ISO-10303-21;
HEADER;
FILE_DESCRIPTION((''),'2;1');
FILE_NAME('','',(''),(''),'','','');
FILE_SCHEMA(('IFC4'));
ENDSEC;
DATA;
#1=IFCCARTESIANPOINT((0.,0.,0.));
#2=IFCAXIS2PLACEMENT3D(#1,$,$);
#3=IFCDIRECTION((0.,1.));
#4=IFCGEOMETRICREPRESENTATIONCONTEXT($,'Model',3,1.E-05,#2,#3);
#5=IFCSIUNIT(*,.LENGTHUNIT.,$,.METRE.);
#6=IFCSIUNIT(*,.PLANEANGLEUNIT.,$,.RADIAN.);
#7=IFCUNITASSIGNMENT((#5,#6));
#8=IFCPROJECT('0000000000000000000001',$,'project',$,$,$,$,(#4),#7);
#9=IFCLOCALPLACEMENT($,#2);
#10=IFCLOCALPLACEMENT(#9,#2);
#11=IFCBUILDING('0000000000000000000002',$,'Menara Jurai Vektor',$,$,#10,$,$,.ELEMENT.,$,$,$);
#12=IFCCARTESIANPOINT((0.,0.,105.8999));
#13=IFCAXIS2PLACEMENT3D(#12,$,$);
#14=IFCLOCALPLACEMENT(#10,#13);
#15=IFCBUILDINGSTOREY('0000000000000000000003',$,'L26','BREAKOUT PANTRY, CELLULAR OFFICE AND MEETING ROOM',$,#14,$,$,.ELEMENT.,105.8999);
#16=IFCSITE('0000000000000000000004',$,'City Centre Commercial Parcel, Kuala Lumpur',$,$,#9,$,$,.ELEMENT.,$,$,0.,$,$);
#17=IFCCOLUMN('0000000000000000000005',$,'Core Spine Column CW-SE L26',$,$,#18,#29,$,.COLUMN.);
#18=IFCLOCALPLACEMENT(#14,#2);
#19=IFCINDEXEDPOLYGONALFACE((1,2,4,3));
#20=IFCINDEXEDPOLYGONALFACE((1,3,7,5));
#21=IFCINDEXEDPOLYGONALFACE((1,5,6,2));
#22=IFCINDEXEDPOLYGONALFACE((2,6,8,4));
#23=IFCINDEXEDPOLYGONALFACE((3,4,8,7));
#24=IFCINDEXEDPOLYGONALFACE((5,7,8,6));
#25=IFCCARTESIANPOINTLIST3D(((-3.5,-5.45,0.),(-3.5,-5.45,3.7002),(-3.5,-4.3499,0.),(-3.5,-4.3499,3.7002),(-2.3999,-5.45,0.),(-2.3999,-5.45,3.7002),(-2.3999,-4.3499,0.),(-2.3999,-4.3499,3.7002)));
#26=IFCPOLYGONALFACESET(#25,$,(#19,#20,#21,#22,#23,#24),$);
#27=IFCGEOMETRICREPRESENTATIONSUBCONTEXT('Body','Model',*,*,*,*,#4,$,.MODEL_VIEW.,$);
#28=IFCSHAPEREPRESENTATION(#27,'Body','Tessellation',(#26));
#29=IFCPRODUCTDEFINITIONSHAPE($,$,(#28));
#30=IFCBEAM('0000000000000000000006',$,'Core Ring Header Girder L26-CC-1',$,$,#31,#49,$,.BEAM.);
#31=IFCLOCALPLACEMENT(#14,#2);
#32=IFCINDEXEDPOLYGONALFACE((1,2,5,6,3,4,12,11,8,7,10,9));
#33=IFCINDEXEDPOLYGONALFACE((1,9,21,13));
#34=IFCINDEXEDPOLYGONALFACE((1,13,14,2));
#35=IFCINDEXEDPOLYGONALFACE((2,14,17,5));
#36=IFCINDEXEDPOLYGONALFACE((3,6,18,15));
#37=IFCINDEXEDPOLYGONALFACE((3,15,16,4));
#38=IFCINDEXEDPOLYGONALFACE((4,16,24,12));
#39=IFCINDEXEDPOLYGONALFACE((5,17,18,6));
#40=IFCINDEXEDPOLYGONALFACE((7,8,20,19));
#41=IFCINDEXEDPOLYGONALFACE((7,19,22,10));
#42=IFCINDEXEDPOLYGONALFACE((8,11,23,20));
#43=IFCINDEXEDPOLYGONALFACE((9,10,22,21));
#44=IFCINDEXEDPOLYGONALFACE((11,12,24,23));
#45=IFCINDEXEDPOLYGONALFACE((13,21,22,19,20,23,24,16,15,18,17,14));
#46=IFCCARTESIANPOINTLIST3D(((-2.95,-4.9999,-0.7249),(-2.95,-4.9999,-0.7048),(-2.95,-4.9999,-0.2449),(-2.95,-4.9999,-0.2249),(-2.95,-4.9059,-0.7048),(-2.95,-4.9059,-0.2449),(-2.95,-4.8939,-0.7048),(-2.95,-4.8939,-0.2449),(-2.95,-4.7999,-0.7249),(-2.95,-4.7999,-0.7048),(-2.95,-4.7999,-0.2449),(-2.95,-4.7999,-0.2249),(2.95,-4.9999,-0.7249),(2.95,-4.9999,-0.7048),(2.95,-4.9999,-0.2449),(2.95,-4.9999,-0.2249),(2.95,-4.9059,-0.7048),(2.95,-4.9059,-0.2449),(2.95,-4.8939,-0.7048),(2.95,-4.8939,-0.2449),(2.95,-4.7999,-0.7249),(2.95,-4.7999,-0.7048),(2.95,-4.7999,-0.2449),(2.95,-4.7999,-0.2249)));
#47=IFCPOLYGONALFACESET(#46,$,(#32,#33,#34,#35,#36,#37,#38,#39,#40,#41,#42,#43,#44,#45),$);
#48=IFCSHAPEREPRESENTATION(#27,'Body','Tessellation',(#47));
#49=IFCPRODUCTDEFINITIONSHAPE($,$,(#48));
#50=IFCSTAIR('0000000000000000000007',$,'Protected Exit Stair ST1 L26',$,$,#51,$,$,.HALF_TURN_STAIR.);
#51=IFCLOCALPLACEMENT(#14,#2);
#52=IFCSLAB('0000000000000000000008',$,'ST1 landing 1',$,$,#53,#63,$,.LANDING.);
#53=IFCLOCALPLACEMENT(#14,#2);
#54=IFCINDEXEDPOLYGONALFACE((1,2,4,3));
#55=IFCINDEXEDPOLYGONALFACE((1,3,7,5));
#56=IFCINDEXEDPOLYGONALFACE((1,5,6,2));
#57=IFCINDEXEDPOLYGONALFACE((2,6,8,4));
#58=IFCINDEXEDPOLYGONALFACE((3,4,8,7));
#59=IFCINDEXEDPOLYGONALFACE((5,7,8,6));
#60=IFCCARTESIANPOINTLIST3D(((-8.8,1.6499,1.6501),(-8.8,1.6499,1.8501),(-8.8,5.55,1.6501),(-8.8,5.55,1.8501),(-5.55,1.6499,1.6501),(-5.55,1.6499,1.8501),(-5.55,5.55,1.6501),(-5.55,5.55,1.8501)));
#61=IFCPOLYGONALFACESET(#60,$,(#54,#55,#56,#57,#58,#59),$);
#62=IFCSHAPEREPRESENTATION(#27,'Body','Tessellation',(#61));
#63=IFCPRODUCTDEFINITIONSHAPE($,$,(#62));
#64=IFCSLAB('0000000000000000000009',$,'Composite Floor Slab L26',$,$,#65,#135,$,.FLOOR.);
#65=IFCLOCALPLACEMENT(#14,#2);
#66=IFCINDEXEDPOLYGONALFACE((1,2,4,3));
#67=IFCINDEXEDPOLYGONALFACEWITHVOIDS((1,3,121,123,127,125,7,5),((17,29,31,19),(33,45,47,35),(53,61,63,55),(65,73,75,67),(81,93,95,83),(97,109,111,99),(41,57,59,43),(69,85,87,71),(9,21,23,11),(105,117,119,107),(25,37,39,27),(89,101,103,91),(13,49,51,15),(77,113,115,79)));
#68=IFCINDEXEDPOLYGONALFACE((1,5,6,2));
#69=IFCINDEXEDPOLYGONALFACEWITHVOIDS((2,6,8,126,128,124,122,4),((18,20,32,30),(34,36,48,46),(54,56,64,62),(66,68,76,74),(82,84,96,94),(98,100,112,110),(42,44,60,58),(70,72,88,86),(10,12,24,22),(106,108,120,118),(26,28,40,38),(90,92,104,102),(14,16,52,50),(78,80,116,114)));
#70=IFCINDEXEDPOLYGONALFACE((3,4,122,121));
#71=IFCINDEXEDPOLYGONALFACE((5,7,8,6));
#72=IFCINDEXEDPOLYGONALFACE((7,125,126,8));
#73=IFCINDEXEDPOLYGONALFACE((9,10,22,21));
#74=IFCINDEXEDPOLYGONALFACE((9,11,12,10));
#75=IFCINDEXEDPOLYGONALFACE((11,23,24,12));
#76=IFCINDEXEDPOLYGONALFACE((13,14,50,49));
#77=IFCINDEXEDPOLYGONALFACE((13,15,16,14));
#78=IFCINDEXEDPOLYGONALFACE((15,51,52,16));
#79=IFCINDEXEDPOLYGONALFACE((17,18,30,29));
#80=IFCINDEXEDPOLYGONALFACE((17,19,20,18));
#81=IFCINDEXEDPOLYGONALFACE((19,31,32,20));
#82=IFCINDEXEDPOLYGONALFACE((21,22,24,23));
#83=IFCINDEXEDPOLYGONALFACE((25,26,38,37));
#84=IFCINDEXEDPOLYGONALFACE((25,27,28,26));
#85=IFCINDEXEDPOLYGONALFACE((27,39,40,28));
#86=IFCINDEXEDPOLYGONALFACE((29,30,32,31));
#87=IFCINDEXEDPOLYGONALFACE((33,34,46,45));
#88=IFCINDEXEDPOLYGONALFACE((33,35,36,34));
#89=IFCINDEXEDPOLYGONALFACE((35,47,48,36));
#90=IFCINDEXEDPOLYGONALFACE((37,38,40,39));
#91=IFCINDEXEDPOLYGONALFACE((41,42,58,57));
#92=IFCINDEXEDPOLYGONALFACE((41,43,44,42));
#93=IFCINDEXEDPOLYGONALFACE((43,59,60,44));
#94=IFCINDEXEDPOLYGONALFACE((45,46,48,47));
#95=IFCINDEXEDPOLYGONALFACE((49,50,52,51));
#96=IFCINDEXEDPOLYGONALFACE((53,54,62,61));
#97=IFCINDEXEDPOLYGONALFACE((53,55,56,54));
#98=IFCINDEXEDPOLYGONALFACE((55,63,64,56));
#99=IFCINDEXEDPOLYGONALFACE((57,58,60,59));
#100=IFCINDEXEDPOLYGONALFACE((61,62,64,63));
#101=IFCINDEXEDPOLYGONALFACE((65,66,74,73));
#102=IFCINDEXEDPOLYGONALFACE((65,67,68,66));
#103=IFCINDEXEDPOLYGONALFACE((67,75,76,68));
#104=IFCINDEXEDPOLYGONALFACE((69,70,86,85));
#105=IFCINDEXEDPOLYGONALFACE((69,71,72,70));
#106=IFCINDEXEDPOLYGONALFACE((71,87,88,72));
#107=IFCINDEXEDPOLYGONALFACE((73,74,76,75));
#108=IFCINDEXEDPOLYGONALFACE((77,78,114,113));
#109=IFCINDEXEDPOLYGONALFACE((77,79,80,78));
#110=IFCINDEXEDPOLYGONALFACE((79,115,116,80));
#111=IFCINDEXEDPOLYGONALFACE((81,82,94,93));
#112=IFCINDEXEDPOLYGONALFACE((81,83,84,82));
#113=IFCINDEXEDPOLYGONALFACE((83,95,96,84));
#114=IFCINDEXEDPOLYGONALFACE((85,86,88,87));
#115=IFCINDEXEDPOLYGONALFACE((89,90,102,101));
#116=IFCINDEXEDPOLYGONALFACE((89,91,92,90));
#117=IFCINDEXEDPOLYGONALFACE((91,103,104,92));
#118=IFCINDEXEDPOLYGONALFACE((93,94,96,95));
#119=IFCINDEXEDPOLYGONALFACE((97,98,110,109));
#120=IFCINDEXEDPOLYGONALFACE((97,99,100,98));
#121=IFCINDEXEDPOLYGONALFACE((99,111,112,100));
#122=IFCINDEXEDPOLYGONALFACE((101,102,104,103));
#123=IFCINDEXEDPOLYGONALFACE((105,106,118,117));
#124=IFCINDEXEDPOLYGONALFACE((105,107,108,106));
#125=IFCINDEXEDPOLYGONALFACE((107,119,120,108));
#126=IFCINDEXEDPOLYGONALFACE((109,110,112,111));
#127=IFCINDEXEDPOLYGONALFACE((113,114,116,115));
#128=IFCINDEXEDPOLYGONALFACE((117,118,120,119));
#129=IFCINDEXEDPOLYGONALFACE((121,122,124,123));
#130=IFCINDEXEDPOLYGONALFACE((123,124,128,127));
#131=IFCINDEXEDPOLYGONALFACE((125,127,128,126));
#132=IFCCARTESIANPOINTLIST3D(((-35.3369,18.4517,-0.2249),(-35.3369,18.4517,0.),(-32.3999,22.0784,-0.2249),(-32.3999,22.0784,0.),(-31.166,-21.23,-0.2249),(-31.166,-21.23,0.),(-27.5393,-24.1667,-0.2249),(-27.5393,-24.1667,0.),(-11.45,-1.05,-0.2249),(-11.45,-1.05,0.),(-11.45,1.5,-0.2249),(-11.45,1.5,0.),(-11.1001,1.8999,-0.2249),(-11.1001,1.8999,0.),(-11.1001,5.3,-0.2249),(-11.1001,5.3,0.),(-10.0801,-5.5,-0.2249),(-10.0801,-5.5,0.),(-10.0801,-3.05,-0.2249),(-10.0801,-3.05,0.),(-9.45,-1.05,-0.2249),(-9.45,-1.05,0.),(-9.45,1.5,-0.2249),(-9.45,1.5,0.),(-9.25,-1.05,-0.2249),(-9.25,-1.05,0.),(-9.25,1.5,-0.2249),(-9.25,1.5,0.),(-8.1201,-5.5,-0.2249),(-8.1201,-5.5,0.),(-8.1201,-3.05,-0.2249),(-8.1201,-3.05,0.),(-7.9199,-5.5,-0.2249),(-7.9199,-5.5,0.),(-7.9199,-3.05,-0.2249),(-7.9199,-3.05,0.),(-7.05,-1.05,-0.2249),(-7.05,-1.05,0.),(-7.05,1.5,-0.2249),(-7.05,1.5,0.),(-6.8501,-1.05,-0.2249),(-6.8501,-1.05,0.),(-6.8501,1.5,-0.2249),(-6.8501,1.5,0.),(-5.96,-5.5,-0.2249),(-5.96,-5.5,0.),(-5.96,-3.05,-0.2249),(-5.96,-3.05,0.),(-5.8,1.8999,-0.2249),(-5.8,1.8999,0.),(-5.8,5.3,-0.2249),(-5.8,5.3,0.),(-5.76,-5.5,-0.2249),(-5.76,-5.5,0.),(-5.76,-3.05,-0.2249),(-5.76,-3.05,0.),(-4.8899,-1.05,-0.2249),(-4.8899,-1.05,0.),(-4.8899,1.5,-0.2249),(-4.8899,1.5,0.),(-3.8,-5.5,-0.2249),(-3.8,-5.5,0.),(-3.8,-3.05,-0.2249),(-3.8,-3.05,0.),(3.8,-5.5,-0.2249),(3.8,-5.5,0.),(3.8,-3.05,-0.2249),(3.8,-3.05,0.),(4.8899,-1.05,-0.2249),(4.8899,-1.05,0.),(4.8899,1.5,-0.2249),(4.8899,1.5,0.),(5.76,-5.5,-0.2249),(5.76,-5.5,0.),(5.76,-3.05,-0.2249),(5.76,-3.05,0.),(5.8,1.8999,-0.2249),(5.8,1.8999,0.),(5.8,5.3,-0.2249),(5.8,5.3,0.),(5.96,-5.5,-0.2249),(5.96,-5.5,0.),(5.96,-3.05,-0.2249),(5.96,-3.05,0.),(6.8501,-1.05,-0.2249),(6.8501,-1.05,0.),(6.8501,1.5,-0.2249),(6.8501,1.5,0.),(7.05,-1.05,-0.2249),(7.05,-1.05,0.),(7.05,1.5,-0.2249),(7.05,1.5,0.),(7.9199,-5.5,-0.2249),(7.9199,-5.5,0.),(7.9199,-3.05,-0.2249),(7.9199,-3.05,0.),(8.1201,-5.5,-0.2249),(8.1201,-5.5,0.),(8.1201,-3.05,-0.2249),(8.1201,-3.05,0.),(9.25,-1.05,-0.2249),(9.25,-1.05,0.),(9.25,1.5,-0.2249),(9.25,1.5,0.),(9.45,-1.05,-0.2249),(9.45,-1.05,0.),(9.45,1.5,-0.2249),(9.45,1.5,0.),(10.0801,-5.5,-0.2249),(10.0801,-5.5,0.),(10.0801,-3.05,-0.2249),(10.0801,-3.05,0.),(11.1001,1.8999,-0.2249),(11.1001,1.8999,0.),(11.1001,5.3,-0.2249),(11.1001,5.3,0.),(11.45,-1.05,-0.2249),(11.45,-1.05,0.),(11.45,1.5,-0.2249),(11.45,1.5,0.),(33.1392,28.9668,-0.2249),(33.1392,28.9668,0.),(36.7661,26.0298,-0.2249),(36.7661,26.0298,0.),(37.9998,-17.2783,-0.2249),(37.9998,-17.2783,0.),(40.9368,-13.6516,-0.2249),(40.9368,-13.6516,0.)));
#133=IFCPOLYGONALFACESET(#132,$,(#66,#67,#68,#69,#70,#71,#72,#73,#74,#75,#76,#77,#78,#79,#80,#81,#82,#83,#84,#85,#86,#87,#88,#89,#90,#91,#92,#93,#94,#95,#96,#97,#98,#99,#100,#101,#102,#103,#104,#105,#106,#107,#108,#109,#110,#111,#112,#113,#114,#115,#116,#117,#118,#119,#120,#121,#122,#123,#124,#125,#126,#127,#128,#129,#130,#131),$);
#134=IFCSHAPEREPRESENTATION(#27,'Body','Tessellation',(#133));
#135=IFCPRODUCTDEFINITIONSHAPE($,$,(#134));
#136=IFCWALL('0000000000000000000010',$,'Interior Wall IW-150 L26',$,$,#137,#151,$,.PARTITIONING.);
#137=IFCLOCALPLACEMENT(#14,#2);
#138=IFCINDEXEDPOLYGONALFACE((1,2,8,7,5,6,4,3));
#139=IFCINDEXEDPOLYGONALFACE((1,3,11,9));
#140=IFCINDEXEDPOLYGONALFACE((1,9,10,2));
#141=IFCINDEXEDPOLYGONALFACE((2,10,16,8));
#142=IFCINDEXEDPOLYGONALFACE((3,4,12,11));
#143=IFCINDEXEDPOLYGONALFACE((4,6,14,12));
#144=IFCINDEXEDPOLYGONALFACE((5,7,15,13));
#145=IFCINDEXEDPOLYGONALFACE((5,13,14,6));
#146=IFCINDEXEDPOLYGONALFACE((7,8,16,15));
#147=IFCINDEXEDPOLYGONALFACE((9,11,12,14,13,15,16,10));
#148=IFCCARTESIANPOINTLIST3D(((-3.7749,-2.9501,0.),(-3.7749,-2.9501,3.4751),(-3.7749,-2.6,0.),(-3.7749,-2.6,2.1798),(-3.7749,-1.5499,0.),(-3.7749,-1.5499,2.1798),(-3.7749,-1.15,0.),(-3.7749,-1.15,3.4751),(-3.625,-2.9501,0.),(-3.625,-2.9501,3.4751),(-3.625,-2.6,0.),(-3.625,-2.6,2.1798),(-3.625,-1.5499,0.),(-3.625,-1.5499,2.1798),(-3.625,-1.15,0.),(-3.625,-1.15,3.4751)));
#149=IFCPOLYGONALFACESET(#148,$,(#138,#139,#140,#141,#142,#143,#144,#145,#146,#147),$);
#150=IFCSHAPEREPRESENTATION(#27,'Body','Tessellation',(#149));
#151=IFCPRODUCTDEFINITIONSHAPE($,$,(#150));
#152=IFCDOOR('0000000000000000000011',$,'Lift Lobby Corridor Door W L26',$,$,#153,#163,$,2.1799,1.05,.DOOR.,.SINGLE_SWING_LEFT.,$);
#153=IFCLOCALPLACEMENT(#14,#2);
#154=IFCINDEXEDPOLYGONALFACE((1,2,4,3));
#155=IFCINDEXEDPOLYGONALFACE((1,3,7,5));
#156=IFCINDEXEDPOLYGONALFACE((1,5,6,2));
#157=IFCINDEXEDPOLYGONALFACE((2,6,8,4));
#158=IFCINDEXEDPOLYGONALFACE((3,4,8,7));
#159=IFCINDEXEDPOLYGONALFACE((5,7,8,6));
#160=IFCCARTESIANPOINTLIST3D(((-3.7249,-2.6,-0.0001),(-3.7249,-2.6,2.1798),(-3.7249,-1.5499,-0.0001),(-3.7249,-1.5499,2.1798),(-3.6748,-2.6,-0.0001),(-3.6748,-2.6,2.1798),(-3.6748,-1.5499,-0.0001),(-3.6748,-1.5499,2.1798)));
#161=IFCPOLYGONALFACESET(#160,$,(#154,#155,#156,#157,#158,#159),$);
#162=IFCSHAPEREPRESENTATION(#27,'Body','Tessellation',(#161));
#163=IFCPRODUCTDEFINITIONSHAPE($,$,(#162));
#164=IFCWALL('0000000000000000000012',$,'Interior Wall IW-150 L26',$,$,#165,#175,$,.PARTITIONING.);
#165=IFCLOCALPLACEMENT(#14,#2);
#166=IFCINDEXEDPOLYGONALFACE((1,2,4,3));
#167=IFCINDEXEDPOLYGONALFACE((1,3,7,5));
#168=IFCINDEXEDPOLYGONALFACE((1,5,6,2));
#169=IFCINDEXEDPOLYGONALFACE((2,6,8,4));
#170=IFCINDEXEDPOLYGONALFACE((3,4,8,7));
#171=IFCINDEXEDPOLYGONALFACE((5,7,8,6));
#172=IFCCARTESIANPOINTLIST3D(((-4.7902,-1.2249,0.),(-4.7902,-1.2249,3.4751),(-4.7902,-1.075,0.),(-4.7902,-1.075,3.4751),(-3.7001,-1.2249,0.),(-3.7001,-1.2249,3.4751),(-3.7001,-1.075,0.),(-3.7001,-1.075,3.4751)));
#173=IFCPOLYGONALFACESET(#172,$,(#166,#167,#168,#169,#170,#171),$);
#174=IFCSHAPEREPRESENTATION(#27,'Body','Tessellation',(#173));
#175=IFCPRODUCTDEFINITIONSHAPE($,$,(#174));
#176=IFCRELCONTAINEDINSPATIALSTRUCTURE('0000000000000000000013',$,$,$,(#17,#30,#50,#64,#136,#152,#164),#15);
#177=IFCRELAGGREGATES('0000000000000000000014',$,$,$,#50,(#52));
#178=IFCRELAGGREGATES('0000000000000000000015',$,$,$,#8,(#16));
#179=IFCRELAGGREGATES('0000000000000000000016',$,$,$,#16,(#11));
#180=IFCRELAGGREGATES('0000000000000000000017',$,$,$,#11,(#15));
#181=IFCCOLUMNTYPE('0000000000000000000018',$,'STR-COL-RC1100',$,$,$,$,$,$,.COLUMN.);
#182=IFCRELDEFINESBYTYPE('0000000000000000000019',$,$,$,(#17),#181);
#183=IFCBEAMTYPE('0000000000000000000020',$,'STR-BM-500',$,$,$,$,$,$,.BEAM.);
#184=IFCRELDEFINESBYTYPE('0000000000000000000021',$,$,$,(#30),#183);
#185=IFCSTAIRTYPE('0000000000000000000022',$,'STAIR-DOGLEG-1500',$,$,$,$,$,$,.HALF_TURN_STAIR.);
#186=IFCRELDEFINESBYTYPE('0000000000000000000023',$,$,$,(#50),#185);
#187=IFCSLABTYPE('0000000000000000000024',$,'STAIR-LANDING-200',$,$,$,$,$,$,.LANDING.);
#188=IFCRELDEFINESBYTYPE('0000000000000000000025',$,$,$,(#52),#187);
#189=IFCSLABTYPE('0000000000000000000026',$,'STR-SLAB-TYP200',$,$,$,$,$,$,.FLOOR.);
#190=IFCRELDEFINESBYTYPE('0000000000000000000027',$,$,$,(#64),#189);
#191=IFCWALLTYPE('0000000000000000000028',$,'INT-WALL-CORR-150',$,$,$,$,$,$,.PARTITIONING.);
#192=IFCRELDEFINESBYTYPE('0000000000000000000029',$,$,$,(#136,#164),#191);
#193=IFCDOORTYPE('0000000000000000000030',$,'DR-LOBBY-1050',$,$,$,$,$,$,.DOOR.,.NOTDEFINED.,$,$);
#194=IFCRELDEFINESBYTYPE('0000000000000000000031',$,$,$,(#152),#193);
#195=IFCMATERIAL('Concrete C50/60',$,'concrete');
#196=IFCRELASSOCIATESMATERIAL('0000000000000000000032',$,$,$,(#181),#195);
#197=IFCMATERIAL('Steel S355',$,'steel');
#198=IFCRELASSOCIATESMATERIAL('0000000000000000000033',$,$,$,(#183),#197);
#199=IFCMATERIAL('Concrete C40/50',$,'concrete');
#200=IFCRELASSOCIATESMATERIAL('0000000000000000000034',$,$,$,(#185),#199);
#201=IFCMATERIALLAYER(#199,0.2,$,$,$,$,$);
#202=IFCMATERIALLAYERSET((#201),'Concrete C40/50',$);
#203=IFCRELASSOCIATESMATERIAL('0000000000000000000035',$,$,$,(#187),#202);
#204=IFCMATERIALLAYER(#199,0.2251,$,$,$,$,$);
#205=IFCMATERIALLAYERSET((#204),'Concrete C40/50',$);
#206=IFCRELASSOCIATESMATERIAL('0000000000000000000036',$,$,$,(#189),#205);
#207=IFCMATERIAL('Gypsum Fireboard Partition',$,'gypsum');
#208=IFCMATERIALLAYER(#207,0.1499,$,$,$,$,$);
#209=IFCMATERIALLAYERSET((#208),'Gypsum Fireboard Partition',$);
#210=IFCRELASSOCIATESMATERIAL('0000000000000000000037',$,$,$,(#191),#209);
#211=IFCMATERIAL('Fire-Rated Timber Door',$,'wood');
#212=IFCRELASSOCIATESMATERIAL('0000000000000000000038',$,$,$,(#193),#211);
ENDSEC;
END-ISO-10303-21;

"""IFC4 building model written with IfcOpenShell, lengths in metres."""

from ifc_helpers import new_model, si_unit, direction, frame, frame_2d, origin, origin_2d, place, context, subcontext, project, spatial, polyline, rectangle, i_section, outline, extrude, material, layer, layer_set, material_profile, profile_set, type_object, element, fill, aggregate, save


model = new_model("IFC4")

# Units and contexts
model_context = context("Model", 3, precision=1e-05, world=origin(), true_north=direction((0.0, 1.0)))
body_context = subcontext(model_context, "Body", "Model", "MODEL_VIEW")
ifc_project = project(units=[si_unit("LENGTHUNIT", "METRE"), si_unit("PLANEANGLEUNIT", "RADIAN")], contexts=[model_context])

# Site, building, storey
site_placement = place(None, origin())
site = spatial("IfcSite", under=ifc_project, at=site_placement, Name="City Centre Commercial Parcel, Kuala Lumpur", CompositionType="ELEMENT", RefElevation=0.0)
building_placement = place(site_placement, origin())
building = spatial("IfcBuilding", under=site, at=building_placement, Name="Menara Jurai Vektor", CompositionType="ELEMENT")
storey_placement = place(building_placement, frame((0.0, 0.0, 105.8999)))
storey = spatial("IfcBuildingStorey", under=building, at=storey_placement, Name="L26", Description="BREAKOUT PANTRY, CELLULAR OFFICE AND MEETING ROOM", CompositionType="ELEMENT", Elevation=105.8999)

# Column
ifc_material_1 = material(Name="Concrete C50/60", Category="concrete")
ifc_material_profile_1 = material_profile(ifc_material_1, rectangle(XDim=1.1001, YDim=1.1001, at=origin_2d()), Name="RC 1100x1100")
ifc_profile_set_1 = profile_set([ifc_material_profile_1], Name="Concrete C50/60")
column_type = type_object("IfcColumnType", Name="STR-COL-RC1100", PredefinedType="COLUMN", material=ifc_profile_set_1)
column_placement = place(storey_placement, frame((-2.95, -4.8999, 0.0), z_axis=(0.0, 0.0, 1.0), x_axis=(1.0, 0.0, 0.0)))
element("IfcColumn", 1, at=column_placement, inside=storey, type_object=column_type, Name="Core Spine Column CW-SE L26", PredefinedType="COLUMN", context=body_context, shape_type="SweptSolid", body=[
    extrude(rectangle(XDim=1.1001, YDim=1.1001, at=origin_2d()), origin(), (0.0, 0.0, 1.0), 3.7002),
])

# Beam
ifc_material_2 = material(Name="Steel S355", Category="steel")
ifc_material_profile_2 = material_profile(ifc_material_2, i_section(OverallWidth=0.2, OverallDepth=0.5, WebThickness=0.012, FlangeThickness=0.02, at=origin_2d()), Name="PG 500x200x96")
ifc_profile_set_2 = profile_set([ifc_material_profile_2], Name="Steel S355")
beam_type = type_object("IfcBeamType", Name="STR-BM-500", PredefinedType="BEAM", material=ifc_profile_set_2)
beam_placement = place(storey_placement, frame((-2.95, -4.8999, -0.4749), z_axis=(1.0, 0.0, 0.0), x_axis=(0.0, 1.0, 0.0)))
element("IfcBeam", 2, at=beam_placement, inside=storey, type_object=beam_type, Name="Core Ring Header Girder L26-CC-1", PredefinedType="BEAM", context=body_context, shape_type="SweptSolid", body=[
    extrude(i_section(OverallWidth=0.2, OverallDepth=0.5, WebThickness=0.012, FlangeThickness=0.02, at=origin_2d()), origin(), (0.0, 0.0, 1.0), 5.8999),
])

# Stair, slab
ifc_material_3 = material(Name="Concrete C40/50", Category="concrete")
stair_type = type_object("IfcStairType", Name="STAIR-DOGLEG-1500", PredefinedType="HALF_TURN_STAIR", material=ifc_material_3)
stair_placement = place(storey_placement, origin())
stair = element("IfcStair", 3, at=stair_placement, inside=storey, type_object=stair_type, Name="Protected Exit Stair ST1 L26", PredefinedType="HALF_TURN_STAIR")
ifc_layer_1 = layer(ifc_material_3, 0.2)
ifc_layer_set_1 = layer_set([ifc_layer_1], Name="Concrete C40/50")
slab_type_1 = type_object("IfcSlabType", Name="STAIR-LANDING-200", PredefinedType="LANDING", material=ifc_layer_set_1)
slab_1_placement = place(storey_placement, frame((0.0, 0.0, 1.6501)))
slab_1 = element("IfcSlab", 4, at=slab_1_placement, type_object=slab_type_1, Name="ST1 landing 1", PredefinedType="LANDING", context=body_context, shape_type="SweptSolid", body=[
    extrude(outline(polyline([(-8.8, 1.6499), (-5.55, 1.6499), (-5.55, 5.55), (-8.8, 5.55), (-8.8, 1.6499)])), origin(), (0.0, 0.0, 1.0), 0.2),
])
aggregate(stair, [slab_1])

# Slab
ifc_layer_2 = layer(ifc_material_3, 0.2251)
ifc_layer_set_2 = layer_set([ifc_layer_2], Name="Concrete C40/50")
slab_type_2 = type_object("IfcSlabType", Name="STR-SLAB-TYP200", PredefinedType="FLOOR", material=ifc_layer_set_2)
slab_2_placement = place(storey_placement, frame((0.0, 0.0, -0.2249)))
element("IfcSlab", 5, at=slab_2_placement, inside=storey, type_object=slab_type_2, Name="Composite Floor Slab L26", PredefinedType="FLOOR", context=body_context, shape_type="SweptSolid", body=[
    extrude(outline(polyline([(-27.5393, -24.1667), (37.9998, -17.2783), (40.9368, -13.6516), (36.7661, 26.0298), (33.1392, 28.9668), (-32.3999, 22.0784), (-35.3369, 18.4517), (-31.166, -21.23), (-27.5393, -24.1667)]), holes=[polyline([(-11.1001, 1.8999), (-11.1001, 5.3), (-5.8, 5.3), (-5.8, 1.8999), (-11.1001, 1.8999)]), polyline([(5.8, 1.8999), (5.8, 5.3), (11.1001, 5.3), (11.1001, 1.8999), (5.8, 1.8999)]), polyline([(-11.45, -1.05), (-11.45, 1.5), (-9.45, 1.5), (-9.45, -1.05), (-11.45, -1.05)]), polyline([(9.45, -1.05), (9.45, 1.5), (11.45, 1.5), (11.45, -1.05), (9.45, -1.05)]), polyline([(-5.76, -5.5), (-5.76, -3.05), (-3.8, -3.05), (-3.8, -5.5), (-5.76, -5.5)]), polyline([(-6.8501, -1.05), (-6.8501, 1.5), (-4.8899, 1.5), (-4.8899, -1.05), (-6.8501, -1.05)]), polyline([(3.8, -5.5), (3.8, -3.05), (5.76, -3.05), (5.76, -5.5), (3.8, -5.5)]), polyline([(4.8899, -1.05), (4.8899, 1.5), (6.8501, 1.5), (6.8501, -1.05), (4.8899, -1.05)]), polyline([(-10.0801, -5.5), (-10.0801, -3.05), (-8.1201, -3.05), (-8.1201, -5.5), (-10.0801, -5.5)]), polyline([(-7.9199, -5.5), (-7.9199, -3.05), (-5.96, -3.05), (-5.96, -5.5), (-7.9199, -5.5)]), polyline([(5.96, -5.5), (5.96, -3.05), (7.9199, -3.05), (7.9199, -5.5), (5.96, -5.5)]), polyline([(8.1201, -5.5), (8.1201, -3.05), (10.0801, -3.05), (10.0801, -5.5), (8.1201, -5.5)]), polyline([(-9.25, -1.05), (-9.25, 1.5), (-7.05, 1.5), (-7.05, -1.05), (-9.25, -1.05)]), polyline([(7.05, -1.05), (7.05, 1.5), (9.25, 1.5), (9.25, -1.05), (7.05, -1.05)])]), origin(), (0.0, 0.0, 1.0), 0.2249),
])

# Wall, opening, door
ifc_material_4 = material(Name="Gypsum Fireboard Partition", Category="gypsum")
ifc_layer_3 = layer(ifc_material_4, 0.1499)
ifc_layer_set_3 = layer_set([ifc_layer_3], Name="Gypsum Fireboard Partition")
wall_type_1 = type_object("IfcWallType", Name="INT-WALL-CORR-150", PredefinedType="PARTITIONING", material=ifc_layer_set_3)
wall_1_placement = place(storey_placement, frame((-3.7, -2.95, 0.0), z_axis=(0.0, 0.0, 1.0), x_axis=(0.0, 1.0, 0.0)))
wall_1 = element("IfcWall", 6, at=wall_1_placement, inside=storey, type_object=wall_type_1, Name="Interior Wall IW-150 L26", PredefinedType="PARTITIONING", context=body_context, shape_type="SweptSolid", body=[
    extrude(rectangle(XDim=1.8, YDim=0.1499, at=frame_2d((0.8999, 0.0))), origin(), (0.0, 0.0, 1.0), 3.4751),
])
opening_1_placement = place(wall_1_placement, frame((0.3501, 0.0, 0.0)))
opening_1 = element("IfcOpeningElement", 7, at=opening_1_placement, cuts=wall_1, PredefinedType="OPENING", context=body_context, shape_type="SweptSolid", body=[
    extrude(rectangle(XDim=1.05, YDim=2.1799, at=frame_2d((0.5249, 1.0898))), frame((0.0, 0.085, 0.0), z_axis=(0.0, -1.0, 0.0), x_axis=(1.0, 0.0, 0.0)), (0.0, 0.0, 1.0), 0.1699),
])
ifc_material_5 = material(Name="Fire-Rated Timber Door", Category="wood")
door_type_1 = type_object("IfcDoorType", Name="DR-LOBBY-1050", OperationType="NOTDEFINED", PredefinedType="DOOR", material=ifc_material_5)
door_1_placement = place(opening_1_placement, origin())
door_1 = element("IfcDoor", 8, at=door_1_placement, inside=storey, type_object=door_type_1, Name="Lift Lobby Corridor Door W L26", OperationType="SINGLE_SWING_LEFT", OverallHeight=2.1799, OverallWidth=1.05, PredefinedType="DOOR", context=body_context, shape_type="SweptSolid", body=[
    extrude(rectangle(XDim=1.05, YDim=2.1799, at=frame_2d((0.5249, 1.0898))), frame((0.0, 0.0249, 0.0), z_axis=(0.0, -1.0, 0.0), x_axis=(1.0, 0.0, 0.0)), (0.0, 0.0, 1.0), 0.05),
])
fill(opening_1, door_1)

# Wall
wall_2_placement = place(storey_placement, frame((-4.79, -1.1499, 0.0), z_axis=(0.0, 0.0, 1.0), x_axis=(1.0, 0.0, 0.0)))
element("IfcWall", 9, at=wall_2_placement, inside=storey, type_object=wall_type_1, Name="Interior Wall IW-150 L26", PredefinedType="PARTITIONING", context=body_context, shape_type="SweptSolid", body=[
    extrude(rectangle(XDim=1.0901, YDim=0.1499, at=frame_2d((0.5449, 0.0))), origin(), (0.0, 0.0, 1.0), 3.4751),
])

save(model, "model.ifc")
